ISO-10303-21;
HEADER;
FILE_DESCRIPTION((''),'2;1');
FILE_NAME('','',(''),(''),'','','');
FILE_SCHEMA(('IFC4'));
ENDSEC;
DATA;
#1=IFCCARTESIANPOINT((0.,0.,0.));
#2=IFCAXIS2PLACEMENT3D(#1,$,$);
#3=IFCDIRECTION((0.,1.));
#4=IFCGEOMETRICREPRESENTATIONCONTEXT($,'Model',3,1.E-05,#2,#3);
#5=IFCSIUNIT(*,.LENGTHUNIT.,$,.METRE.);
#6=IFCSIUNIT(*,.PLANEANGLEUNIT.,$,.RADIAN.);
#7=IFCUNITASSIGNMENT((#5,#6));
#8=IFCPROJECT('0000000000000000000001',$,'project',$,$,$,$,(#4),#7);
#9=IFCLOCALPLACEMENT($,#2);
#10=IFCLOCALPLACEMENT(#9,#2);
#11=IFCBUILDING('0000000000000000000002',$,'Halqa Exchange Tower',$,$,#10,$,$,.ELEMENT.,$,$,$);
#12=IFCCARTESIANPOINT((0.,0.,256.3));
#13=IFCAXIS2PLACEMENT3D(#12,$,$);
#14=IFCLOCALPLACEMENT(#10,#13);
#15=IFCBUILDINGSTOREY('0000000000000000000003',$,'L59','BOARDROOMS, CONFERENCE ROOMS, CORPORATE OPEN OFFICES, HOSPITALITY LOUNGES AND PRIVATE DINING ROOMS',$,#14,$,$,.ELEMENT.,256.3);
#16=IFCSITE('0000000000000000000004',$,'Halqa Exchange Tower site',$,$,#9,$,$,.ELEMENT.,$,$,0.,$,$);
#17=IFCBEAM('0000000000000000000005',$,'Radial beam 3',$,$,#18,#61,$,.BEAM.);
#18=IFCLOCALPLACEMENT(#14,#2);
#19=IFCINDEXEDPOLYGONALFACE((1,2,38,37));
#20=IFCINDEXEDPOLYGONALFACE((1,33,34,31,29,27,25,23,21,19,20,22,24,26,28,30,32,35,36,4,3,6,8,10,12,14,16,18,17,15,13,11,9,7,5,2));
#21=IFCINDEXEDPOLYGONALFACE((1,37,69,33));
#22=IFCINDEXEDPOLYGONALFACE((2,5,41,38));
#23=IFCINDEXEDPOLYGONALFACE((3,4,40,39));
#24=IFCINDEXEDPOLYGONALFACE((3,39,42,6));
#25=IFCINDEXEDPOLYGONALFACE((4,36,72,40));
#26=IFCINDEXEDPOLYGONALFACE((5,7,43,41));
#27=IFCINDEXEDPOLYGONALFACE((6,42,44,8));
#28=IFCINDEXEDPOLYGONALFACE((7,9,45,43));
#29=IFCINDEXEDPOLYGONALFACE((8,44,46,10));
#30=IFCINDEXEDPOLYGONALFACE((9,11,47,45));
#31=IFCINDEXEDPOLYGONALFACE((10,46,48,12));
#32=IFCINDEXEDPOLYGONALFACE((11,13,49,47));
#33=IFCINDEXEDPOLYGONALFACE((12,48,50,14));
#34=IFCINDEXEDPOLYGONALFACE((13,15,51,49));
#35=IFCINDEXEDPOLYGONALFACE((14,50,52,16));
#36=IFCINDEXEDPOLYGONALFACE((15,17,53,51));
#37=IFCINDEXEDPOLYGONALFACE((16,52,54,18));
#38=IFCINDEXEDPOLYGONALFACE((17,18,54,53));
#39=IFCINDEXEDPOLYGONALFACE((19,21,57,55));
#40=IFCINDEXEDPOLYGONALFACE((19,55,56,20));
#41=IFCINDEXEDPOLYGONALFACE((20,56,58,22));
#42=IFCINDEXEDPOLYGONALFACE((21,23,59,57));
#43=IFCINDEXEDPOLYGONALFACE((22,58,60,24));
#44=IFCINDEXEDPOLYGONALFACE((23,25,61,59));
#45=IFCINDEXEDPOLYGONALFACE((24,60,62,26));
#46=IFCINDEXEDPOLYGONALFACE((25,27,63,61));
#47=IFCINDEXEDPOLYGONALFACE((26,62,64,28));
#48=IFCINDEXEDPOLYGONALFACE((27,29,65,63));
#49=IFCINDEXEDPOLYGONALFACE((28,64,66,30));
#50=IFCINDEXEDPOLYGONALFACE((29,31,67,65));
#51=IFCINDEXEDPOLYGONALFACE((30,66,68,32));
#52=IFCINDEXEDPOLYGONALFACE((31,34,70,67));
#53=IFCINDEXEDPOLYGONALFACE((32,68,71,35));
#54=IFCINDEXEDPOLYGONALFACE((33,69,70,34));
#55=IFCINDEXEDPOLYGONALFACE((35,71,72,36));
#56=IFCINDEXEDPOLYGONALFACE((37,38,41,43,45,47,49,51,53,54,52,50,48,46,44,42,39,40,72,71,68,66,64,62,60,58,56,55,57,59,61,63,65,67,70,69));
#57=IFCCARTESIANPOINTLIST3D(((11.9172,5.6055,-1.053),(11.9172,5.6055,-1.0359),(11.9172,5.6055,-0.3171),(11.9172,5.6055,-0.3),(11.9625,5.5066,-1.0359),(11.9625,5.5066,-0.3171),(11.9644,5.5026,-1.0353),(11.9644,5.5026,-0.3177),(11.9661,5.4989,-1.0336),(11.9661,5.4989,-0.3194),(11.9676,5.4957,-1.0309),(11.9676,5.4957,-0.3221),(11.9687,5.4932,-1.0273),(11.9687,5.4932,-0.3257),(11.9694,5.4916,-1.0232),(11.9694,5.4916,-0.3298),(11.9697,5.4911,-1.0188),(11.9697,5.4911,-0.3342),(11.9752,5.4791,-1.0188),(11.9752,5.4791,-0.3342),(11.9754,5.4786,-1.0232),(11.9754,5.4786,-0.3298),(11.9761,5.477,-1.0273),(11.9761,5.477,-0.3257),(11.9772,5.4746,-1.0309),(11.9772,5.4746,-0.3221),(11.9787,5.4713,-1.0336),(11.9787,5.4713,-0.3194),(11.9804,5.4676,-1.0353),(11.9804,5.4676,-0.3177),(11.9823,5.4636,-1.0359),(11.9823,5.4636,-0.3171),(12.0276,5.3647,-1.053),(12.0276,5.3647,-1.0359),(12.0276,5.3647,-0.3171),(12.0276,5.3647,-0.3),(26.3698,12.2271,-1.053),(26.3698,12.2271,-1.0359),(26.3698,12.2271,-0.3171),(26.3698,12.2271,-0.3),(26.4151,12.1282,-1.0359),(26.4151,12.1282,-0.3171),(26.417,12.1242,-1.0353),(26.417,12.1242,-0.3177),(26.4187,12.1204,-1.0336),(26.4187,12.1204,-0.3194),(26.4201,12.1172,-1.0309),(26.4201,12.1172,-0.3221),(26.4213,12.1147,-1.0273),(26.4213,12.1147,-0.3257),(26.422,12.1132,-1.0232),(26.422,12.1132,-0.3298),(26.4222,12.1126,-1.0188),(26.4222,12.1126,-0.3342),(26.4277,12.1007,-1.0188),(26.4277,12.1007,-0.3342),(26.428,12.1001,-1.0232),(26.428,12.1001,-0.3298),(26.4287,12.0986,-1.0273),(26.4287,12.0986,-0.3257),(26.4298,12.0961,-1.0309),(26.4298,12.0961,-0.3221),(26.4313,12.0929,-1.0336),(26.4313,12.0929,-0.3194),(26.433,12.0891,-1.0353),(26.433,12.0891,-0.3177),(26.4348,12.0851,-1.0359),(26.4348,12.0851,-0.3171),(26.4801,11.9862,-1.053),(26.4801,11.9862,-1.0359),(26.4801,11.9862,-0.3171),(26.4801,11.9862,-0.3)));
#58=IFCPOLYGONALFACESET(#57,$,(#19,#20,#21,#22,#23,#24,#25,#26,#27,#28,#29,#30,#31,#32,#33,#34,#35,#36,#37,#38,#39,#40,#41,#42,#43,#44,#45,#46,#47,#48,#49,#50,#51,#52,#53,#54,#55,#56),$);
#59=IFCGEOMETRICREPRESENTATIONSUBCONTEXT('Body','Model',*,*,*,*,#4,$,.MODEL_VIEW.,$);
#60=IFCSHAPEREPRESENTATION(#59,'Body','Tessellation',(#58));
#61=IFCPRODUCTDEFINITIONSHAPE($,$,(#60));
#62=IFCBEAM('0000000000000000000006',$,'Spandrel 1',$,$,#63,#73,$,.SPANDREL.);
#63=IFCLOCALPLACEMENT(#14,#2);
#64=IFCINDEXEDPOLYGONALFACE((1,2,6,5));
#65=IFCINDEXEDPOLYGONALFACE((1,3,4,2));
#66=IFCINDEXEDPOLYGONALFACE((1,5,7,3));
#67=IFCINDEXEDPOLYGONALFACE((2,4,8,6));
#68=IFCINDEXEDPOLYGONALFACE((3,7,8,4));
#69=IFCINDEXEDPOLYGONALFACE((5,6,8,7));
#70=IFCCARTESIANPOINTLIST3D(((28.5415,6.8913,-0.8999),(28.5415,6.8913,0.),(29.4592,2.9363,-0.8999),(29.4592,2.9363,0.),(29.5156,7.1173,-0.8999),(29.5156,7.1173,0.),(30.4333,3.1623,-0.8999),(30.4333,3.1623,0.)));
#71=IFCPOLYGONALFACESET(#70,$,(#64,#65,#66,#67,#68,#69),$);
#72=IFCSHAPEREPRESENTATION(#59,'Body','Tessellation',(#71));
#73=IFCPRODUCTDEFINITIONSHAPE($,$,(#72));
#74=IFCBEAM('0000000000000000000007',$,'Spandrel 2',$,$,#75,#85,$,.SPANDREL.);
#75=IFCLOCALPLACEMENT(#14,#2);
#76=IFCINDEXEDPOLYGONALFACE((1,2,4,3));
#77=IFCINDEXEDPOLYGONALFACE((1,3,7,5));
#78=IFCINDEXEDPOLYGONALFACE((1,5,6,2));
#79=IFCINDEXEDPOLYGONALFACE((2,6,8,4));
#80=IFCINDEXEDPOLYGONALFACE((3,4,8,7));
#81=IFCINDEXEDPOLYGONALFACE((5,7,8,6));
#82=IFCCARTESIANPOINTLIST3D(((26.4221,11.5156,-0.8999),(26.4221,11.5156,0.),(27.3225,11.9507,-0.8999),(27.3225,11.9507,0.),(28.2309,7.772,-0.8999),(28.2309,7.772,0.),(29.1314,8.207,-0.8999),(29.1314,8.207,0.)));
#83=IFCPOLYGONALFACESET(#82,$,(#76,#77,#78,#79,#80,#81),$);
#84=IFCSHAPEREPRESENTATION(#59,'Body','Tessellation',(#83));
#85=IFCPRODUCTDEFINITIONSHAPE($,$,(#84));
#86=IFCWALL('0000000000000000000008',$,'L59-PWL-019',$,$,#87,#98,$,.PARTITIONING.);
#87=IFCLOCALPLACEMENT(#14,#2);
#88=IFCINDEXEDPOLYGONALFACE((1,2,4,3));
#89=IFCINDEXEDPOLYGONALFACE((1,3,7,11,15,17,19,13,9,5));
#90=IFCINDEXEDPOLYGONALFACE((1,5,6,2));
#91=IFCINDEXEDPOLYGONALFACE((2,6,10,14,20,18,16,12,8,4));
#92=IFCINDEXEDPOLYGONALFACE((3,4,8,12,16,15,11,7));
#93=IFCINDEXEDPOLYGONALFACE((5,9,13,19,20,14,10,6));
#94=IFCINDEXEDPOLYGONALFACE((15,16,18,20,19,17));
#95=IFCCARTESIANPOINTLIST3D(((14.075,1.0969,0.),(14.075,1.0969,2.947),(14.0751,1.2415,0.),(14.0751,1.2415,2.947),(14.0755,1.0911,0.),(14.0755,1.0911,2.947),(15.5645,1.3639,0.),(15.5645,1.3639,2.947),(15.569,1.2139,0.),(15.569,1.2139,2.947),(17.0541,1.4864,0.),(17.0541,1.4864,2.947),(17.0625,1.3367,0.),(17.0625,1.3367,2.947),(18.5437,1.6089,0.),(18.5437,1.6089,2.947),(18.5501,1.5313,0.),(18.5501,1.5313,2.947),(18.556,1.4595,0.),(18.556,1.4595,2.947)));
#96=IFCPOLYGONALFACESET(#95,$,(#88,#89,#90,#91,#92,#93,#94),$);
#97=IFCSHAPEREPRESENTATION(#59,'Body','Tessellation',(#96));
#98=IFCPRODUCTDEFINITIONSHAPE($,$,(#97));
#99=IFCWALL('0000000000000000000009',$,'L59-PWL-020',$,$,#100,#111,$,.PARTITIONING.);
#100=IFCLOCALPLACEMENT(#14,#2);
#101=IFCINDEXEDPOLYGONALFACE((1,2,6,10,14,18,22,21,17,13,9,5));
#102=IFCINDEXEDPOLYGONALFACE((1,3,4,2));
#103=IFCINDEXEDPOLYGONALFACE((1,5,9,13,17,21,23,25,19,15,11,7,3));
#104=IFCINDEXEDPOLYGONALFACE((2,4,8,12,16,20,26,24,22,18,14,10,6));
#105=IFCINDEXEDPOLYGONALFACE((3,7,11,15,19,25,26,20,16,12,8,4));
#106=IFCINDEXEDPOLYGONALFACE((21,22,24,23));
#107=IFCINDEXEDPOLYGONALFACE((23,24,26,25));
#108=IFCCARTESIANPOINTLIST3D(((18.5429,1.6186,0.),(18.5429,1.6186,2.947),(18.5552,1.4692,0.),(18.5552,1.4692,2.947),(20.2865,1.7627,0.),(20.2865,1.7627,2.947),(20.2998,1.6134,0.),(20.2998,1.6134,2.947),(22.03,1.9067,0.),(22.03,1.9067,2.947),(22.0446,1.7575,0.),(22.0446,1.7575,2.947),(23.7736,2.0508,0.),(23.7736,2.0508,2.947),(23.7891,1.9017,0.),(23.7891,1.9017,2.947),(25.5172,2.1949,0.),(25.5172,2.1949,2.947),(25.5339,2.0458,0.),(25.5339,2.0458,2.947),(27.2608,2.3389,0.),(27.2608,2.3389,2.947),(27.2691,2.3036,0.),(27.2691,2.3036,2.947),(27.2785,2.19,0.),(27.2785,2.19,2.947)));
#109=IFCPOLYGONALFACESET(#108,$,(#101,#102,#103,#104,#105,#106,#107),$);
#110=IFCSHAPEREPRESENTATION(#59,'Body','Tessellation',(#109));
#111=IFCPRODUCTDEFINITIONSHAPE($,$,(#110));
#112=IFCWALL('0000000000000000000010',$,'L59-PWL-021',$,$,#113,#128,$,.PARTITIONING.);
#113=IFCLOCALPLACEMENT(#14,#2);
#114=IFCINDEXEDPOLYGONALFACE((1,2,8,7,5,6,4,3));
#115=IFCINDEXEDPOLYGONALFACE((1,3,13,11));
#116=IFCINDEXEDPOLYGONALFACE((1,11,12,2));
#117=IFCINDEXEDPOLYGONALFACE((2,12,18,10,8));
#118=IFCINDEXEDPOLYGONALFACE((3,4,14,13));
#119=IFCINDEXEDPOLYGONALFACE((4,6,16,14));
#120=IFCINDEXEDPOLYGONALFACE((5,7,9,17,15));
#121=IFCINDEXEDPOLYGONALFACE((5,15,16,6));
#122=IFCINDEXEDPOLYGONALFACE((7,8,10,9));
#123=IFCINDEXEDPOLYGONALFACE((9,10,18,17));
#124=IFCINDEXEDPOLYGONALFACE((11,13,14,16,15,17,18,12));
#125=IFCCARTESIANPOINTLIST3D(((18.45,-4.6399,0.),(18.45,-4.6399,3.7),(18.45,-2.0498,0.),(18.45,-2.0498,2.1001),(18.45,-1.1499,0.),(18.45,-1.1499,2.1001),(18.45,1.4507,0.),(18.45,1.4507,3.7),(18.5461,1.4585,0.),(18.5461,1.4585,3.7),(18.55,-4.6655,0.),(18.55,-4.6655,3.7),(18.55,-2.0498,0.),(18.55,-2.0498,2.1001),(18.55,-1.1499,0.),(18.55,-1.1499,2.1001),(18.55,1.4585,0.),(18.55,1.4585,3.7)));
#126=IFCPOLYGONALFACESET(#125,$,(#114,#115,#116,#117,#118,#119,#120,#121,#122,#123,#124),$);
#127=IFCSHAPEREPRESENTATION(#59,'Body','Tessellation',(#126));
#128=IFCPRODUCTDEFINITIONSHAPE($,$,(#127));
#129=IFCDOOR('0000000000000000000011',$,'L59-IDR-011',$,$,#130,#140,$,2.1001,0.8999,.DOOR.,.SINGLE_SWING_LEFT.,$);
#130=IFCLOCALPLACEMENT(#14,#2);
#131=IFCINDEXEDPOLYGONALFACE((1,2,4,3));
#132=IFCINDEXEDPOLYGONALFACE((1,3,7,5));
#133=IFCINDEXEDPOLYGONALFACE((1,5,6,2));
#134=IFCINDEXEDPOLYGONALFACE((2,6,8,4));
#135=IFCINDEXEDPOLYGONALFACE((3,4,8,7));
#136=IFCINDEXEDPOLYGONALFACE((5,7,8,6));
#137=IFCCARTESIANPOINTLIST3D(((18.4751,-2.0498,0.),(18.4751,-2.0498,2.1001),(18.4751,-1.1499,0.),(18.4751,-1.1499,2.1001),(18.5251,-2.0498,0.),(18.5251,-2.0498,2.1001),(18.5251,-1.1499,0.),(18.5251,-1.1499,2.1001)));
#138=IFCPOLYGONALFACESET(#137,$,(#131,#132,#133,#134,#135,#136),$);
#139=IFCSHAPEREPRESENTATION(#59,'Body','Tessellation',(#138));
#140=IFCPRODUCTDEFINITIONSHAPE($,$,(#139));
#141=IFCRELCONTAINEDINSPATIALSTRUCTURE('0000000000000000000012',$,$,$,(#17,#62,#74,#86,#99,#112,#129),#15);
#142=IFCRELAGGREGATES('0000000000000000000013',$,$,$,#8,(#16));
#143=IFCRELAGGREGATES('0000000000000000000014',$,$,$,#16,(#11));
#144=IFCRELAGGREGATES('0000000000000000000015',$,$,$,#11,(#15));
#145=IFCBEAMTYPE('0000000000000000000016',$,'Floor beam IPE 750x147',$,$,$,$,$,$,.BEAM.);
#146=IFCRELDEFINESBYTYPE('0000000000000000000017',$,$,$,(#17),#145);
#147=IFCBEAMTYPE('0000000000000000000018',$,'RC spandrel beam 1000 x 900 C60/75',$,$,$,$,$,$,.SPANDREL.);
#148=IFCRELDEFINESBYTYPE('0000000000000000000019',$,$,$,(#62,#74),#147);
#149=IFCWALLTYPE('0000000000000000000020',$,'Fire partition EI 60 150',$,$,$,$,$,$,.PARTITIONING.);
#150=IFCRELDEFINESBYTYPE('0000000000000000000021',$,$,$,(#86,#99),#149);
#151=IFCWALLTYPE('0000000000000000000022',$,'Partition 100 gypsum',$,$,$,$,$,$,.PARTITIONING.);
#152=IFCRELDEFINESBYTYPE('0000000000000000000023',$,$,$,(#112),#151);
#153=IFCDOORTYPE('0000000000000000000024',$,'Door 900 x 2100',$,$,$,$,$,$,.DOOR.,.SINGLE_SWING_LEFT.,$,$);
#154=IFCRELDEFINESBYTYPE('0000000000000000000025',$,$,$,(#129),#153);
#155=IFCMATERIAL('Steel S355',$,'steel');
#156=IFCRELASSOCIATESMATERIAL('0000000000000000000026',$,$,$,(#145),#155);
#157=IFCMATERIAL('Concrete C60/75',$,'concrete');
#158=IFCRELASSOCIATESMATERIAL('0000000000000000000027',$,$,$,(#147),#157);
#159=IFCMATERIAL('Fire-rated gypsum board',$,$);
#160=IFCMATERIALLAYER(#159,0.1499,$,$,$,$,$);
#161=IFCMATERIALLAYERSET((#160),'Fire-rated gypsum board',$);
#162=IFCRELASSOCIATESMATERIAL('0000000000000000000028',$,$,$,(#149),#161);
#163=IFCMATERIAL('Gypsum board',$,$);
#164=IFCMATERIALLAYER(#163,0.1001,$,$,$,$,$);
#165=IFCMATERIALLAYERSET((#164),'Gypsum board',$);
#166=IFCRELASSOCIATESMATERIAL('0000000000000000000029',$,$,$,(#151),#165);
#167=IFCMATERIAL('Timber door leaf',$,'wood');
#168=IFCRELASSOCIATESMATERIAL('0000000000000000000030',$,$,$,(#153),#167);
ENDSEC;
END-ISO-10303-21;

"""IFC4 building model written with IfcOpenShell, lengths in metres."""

from ifc_helpers import new_model, si_unit, direction, frame, frame_2d, origin, origin_2d, place, context, subcontext, project, spatial, polyline, rectangle, i_section, outline, extrude, material, layer, layer_set, material_profile, profile_set, type_object, element, fill, save


model = new_model("IFC4")

# Units and contexts
model_context = context("Model", 3, precision=1e-05, world=origin(), true_north=direction((0.0, 1.0)))
body_context = subcontext(model_context, "Body", "Model", "MODEL_VIEW")
ifc_project = project(units=[si_unit("LENGTHUNIT", "METRE"), si_unit("PLANEANGLEUNIT", "RADIAN")], contexts=[model_context])

# Site, building, storey
site_placement = place(None, origin())
site = spatial("IfcSite", under=ifc_project, at=site_placement, Name="Halqa Exchange Tower site", CompositionType="ELEMENT", RefElevation=0.0)
building_placement = place(site_placement, origin())
building = spatial("IfcBuilding", under=site, at=building_placement, Name="Halqa Exchange Tower", CompositionType="ELEMENT")
storey_placement = place(building_placement, frame((0.0, 0.0, 256.3)))
storey = spatial("IfcBuildingStorey", under=building, at=storey_placement, Name="L59", Description="BOARDROOMS, CONFERENCE ROOMS, CORPORATE OPEN OFFICES, HOSPITALITY LOUNGES AND PRIVATE DINING ROOMS", CompositionType="ELEMENT", Elevation=256.3)

# Shared definitions
ifc_material_1 = material(Name="Concrete C60/75", Category="concrete")

# Beams
ifc_material_2 = material(Name="Steel S355", Category="steel")
ifc_material_profile_1 = material_profile(ifc_material_2, i_section(OverallWidth=0.2649, OverallDepth=0.7529, WebThickness=0.0132, FlangeThickness=0.0171, FilletRadius=0.0171, at=origin_2d()), Name="IPE 750x147")
ifc_profile_set_1 = profile_set([ifc_material_profile_1], Name="Steel S355")
beam_type_1 = type_object("IfcBeamType", Name="Floor beam IPE 750x147", PredefinedType="BEAM", material=ifc_profile_set_1)
beam_1_placement = place(storey_placement, frame((11.9724, 5.4851, -0.6765), z_axis=(0.909125, 0.416523, 0.0), x_axis=(-0.416523, 0.909125, 0.0)))
element("IfcBeam", 1, at=beam_1_placement, inside=storey, type_object=beam_type_1, Name="Radial beam 3", PredefinedType="BEAM", context=body_context, shape_type="SweptSolid", body=[
    extrude(i_section(OverallWidth=0.2649, OverallDepth=0.7529, WebThickness=0.0132, FlangeThickness=0.0171, FilletRadius=0.0171, at=origin_2d()), origin(), (0.0, 0.0, 1.0), 15.8972),
])
ifc_material_profile_2 = material_profile(ifc_material_1, rectangle(XDim=1.0, YDim=0.8999, at=origin_2d()), Name="1000 x 900")
ifc_profile_set_2 = profile_set([ifc_material_profile_2], Name="Concrete C60/75")
beam_type_2 = type_object("IfcBeamType", Name="RC spandrel beam 1000 x 900 C60/75", PredefinedType="SPANDREL", material=ifc_profile_set_2)
beam_2_placement = place(storey_placement, frame((29.9463, 3.0493, -0.45), z_axis=(-0.226032, 0.97412, 0.0), x_axis=(-0.97412, -0.226032, 0.0)))
element("IfcBeam", 2, at=beam_2_placement, inside=storey, type_object=beam_type_2, Name="Spandrel 1", PredefinedType="SPANDREL", context=body_context, shape_type="SweptSolid", body=[
    extrude(rectangle(XDim=1.0, YDim=0.8999, at=origin_2d()), origin(), (0.0, 0.0, 1.0), 4.0601),
])
beam_3_placement = place(storey_placement, frame((28.6812, 7.9895, -0.45), z_axis=(-0.435053, 0.900405, 0.0), x_axis=(-0.900405, -0.435053, 0.0)))
element("IfcBeam", 3, at=beam_3_placement, inside=storey, type_object=beam_type_2, Name="Spandrel 2", PredefinedType="SPANDREL", context=body_context, shape_type="SweptSolid", body=[
    extrude(rectangle(XDim=1.0, YDim=0.8999, at=origin_2d()), origin(), (0.0, 0.0, 1.0), 4.1577),
])

# Walls
ifc_material_3 = material(Name="Fire-rated gypsum board")
ifc_layer_1 = layer(ifc_material_3, 0.1499)
ifc_layer_set_1 = layer_set([ifc_layer_1], Name="Fire-rated gypsum board")
wall_type_1 = type_object("IfcWallType", Name="Fire partition EI 60 150", PredefinedType="PARTITIONING", material=ifc_layer_set_1)
wall_1_placement = place(storey_placement, frame((14.0693, 1.1658, 0.0), z_axis=(0.0, 0.0, 1.0), x_axis=(0.996637, 0.081949, 0.0)))
element("IfcWall", 4, at=wall_1_placement, inside=storey, type_object=wall_type_1, Name="L59-PWL-019", PredefinedType="PARTITIONING", context=body_context, shape_type="SweptSolid", body=[
    extrude(outline(polyline([(4.4956, -0.075), (4.4956, -0.0029), (4.4956, 0.075), (3.001, 0.075), (1.5063, 0.075), (0.012, 0.075), (0.0, -0.0691), (0.0, -0.075), (1.4985, -0.075), (2.9971, -0.075), (4.4956, -0.075)])), origin(), (0.0, 0.0, 1.0), 2.947),
])
wall_2_placement = place(storey_placement, frame((18.5491, 1.5439, 0.0), z_axis=(0.0, 0.0, 1.0), x_axis=(0.996604, 0.082339, 0.0)))
element("IfcWall", 5, at=wall_2_placement, inside=storey, type_object=wall_type_1, Name="L59-PWL-020", PredefinedType="PARTITIONING", context=body_context, shape_type="SweptSolid", body=[
    extrude(outline(polyline([(8.7529, -0.075), (8.7529, 0.0391), (8.7476, 0.075), (6.998, 0.075), (5.2485, 0.075), (3.499, 0.075), (1.7495, 0.075), (0.0, 0.075), (0.0, -0.075), (1.7505, -0.075), (3.5012, -0.075), (5.2517, -0.075), (7.0024, -0.075), (8.7529, -0.075)])), origin(), (0.0, 0.0, 1.0), 2.947),
])

# Wall, opening, door
ifc_material_4 = material(Name="Gypsum board")
ifc_layer_2 = layer(ifc_material_4, 0.1001)
ifc_layer_set_2 = layer_set([ifc_layer_2], Name="Gypsum board")
wall_type_2 = type_object("IfcWallType", Name="Partition 100 gypsum", PredefinedType="PARTITIONING", material=ifc_layer_set_2)
wall_3_placement = place(storey_placement, frame((18.5, 1.4585, 0.0), z_axis=(0.0, 0.0, 1.0), x_axis=(0.0, -1.0, 0.0)))
wall_3 = element("IfcWall", 6, at=wall_3_placement, inside=storey, type_object=wall_type_2, Name="L59-PWL-021", PredefinedType="PARTITIONING", context=body_context, shape_type="SweptSolid", body=[
    extrude(outline(polyline([(0.0078, -0.05), (1.5305, -0.05), (3.0532, -0.05), (4.5759, -0.05), (6.0984, -0.05), (6.124, 0.05), (6.124, 0.05), (4.593, 0.05), (3.062, 0.05), (1.531, 0.05), (0.0, 0.05), (0.0, 0.0461), (0.0078, -0.05)])), origin(), (0.0, 0.0, 1.0), 3.7),
])
opening_1_placement = place(wall_3_placement, frame((2.6084, 0.0, 0.0)))
opening_1 = element("IfcOpeningElement", 7, at=opening_1_placement, cuts=wall_3, PredefinedType="OPENING", context=body_context, shape_type="SweptSolid", body=[
    extrude(rectangle(XDim=0.8999, YDim=2.1001, at=frame_2d((0.45, 1.05))), frame((0.0, 0.062, 0.0), z_axis=(0.0, -1.0, 0.0), x_axis=(1.0, 0.0, 0.0)), (0.0, 0.0, 1.0), 0.124),
])
ifc_material_5 = material(Name="Timber door leaf", Category="wood")
door_type = type_object("IfcDoorType", Name="Door 900 x 2100", OperationType="SINGLE_SWING_LEFT", PredefinedType="DOOR", material=ifc_material_5)
door_placement = place(opening_1_placement, frame((0.8999, 0.0, 0.0), z_axis=(0.0, 0.0, 1.0), x_axis=(-1.0, 0.0, 0.0)))
door = element("IfcDoor", 8, at=door_placement, inside=storey, type_object=door_type, Name="L59-IDR-011", OperationType="SINGLE_SWING_LEFT", OverallHeight=2.1001, OverallWidth=0.8999, PredefinedType="DOOR", context=body_context, shape_type="SweptSolid", body=[
    extrude(rectangle(XDim=0.8999, YDim=2.1001, at=frame_2d((0.45, 1.05))), frame((0.0, 0.0249, 0.0), z_axis=(0.0, -1.0, 0.0), x_axis=(1.0, 0.0, 0.0)), (0.0, 0.0, 1.0), 0.05),
])
fill(opening_1, door)

save(model, "model.ifc")
